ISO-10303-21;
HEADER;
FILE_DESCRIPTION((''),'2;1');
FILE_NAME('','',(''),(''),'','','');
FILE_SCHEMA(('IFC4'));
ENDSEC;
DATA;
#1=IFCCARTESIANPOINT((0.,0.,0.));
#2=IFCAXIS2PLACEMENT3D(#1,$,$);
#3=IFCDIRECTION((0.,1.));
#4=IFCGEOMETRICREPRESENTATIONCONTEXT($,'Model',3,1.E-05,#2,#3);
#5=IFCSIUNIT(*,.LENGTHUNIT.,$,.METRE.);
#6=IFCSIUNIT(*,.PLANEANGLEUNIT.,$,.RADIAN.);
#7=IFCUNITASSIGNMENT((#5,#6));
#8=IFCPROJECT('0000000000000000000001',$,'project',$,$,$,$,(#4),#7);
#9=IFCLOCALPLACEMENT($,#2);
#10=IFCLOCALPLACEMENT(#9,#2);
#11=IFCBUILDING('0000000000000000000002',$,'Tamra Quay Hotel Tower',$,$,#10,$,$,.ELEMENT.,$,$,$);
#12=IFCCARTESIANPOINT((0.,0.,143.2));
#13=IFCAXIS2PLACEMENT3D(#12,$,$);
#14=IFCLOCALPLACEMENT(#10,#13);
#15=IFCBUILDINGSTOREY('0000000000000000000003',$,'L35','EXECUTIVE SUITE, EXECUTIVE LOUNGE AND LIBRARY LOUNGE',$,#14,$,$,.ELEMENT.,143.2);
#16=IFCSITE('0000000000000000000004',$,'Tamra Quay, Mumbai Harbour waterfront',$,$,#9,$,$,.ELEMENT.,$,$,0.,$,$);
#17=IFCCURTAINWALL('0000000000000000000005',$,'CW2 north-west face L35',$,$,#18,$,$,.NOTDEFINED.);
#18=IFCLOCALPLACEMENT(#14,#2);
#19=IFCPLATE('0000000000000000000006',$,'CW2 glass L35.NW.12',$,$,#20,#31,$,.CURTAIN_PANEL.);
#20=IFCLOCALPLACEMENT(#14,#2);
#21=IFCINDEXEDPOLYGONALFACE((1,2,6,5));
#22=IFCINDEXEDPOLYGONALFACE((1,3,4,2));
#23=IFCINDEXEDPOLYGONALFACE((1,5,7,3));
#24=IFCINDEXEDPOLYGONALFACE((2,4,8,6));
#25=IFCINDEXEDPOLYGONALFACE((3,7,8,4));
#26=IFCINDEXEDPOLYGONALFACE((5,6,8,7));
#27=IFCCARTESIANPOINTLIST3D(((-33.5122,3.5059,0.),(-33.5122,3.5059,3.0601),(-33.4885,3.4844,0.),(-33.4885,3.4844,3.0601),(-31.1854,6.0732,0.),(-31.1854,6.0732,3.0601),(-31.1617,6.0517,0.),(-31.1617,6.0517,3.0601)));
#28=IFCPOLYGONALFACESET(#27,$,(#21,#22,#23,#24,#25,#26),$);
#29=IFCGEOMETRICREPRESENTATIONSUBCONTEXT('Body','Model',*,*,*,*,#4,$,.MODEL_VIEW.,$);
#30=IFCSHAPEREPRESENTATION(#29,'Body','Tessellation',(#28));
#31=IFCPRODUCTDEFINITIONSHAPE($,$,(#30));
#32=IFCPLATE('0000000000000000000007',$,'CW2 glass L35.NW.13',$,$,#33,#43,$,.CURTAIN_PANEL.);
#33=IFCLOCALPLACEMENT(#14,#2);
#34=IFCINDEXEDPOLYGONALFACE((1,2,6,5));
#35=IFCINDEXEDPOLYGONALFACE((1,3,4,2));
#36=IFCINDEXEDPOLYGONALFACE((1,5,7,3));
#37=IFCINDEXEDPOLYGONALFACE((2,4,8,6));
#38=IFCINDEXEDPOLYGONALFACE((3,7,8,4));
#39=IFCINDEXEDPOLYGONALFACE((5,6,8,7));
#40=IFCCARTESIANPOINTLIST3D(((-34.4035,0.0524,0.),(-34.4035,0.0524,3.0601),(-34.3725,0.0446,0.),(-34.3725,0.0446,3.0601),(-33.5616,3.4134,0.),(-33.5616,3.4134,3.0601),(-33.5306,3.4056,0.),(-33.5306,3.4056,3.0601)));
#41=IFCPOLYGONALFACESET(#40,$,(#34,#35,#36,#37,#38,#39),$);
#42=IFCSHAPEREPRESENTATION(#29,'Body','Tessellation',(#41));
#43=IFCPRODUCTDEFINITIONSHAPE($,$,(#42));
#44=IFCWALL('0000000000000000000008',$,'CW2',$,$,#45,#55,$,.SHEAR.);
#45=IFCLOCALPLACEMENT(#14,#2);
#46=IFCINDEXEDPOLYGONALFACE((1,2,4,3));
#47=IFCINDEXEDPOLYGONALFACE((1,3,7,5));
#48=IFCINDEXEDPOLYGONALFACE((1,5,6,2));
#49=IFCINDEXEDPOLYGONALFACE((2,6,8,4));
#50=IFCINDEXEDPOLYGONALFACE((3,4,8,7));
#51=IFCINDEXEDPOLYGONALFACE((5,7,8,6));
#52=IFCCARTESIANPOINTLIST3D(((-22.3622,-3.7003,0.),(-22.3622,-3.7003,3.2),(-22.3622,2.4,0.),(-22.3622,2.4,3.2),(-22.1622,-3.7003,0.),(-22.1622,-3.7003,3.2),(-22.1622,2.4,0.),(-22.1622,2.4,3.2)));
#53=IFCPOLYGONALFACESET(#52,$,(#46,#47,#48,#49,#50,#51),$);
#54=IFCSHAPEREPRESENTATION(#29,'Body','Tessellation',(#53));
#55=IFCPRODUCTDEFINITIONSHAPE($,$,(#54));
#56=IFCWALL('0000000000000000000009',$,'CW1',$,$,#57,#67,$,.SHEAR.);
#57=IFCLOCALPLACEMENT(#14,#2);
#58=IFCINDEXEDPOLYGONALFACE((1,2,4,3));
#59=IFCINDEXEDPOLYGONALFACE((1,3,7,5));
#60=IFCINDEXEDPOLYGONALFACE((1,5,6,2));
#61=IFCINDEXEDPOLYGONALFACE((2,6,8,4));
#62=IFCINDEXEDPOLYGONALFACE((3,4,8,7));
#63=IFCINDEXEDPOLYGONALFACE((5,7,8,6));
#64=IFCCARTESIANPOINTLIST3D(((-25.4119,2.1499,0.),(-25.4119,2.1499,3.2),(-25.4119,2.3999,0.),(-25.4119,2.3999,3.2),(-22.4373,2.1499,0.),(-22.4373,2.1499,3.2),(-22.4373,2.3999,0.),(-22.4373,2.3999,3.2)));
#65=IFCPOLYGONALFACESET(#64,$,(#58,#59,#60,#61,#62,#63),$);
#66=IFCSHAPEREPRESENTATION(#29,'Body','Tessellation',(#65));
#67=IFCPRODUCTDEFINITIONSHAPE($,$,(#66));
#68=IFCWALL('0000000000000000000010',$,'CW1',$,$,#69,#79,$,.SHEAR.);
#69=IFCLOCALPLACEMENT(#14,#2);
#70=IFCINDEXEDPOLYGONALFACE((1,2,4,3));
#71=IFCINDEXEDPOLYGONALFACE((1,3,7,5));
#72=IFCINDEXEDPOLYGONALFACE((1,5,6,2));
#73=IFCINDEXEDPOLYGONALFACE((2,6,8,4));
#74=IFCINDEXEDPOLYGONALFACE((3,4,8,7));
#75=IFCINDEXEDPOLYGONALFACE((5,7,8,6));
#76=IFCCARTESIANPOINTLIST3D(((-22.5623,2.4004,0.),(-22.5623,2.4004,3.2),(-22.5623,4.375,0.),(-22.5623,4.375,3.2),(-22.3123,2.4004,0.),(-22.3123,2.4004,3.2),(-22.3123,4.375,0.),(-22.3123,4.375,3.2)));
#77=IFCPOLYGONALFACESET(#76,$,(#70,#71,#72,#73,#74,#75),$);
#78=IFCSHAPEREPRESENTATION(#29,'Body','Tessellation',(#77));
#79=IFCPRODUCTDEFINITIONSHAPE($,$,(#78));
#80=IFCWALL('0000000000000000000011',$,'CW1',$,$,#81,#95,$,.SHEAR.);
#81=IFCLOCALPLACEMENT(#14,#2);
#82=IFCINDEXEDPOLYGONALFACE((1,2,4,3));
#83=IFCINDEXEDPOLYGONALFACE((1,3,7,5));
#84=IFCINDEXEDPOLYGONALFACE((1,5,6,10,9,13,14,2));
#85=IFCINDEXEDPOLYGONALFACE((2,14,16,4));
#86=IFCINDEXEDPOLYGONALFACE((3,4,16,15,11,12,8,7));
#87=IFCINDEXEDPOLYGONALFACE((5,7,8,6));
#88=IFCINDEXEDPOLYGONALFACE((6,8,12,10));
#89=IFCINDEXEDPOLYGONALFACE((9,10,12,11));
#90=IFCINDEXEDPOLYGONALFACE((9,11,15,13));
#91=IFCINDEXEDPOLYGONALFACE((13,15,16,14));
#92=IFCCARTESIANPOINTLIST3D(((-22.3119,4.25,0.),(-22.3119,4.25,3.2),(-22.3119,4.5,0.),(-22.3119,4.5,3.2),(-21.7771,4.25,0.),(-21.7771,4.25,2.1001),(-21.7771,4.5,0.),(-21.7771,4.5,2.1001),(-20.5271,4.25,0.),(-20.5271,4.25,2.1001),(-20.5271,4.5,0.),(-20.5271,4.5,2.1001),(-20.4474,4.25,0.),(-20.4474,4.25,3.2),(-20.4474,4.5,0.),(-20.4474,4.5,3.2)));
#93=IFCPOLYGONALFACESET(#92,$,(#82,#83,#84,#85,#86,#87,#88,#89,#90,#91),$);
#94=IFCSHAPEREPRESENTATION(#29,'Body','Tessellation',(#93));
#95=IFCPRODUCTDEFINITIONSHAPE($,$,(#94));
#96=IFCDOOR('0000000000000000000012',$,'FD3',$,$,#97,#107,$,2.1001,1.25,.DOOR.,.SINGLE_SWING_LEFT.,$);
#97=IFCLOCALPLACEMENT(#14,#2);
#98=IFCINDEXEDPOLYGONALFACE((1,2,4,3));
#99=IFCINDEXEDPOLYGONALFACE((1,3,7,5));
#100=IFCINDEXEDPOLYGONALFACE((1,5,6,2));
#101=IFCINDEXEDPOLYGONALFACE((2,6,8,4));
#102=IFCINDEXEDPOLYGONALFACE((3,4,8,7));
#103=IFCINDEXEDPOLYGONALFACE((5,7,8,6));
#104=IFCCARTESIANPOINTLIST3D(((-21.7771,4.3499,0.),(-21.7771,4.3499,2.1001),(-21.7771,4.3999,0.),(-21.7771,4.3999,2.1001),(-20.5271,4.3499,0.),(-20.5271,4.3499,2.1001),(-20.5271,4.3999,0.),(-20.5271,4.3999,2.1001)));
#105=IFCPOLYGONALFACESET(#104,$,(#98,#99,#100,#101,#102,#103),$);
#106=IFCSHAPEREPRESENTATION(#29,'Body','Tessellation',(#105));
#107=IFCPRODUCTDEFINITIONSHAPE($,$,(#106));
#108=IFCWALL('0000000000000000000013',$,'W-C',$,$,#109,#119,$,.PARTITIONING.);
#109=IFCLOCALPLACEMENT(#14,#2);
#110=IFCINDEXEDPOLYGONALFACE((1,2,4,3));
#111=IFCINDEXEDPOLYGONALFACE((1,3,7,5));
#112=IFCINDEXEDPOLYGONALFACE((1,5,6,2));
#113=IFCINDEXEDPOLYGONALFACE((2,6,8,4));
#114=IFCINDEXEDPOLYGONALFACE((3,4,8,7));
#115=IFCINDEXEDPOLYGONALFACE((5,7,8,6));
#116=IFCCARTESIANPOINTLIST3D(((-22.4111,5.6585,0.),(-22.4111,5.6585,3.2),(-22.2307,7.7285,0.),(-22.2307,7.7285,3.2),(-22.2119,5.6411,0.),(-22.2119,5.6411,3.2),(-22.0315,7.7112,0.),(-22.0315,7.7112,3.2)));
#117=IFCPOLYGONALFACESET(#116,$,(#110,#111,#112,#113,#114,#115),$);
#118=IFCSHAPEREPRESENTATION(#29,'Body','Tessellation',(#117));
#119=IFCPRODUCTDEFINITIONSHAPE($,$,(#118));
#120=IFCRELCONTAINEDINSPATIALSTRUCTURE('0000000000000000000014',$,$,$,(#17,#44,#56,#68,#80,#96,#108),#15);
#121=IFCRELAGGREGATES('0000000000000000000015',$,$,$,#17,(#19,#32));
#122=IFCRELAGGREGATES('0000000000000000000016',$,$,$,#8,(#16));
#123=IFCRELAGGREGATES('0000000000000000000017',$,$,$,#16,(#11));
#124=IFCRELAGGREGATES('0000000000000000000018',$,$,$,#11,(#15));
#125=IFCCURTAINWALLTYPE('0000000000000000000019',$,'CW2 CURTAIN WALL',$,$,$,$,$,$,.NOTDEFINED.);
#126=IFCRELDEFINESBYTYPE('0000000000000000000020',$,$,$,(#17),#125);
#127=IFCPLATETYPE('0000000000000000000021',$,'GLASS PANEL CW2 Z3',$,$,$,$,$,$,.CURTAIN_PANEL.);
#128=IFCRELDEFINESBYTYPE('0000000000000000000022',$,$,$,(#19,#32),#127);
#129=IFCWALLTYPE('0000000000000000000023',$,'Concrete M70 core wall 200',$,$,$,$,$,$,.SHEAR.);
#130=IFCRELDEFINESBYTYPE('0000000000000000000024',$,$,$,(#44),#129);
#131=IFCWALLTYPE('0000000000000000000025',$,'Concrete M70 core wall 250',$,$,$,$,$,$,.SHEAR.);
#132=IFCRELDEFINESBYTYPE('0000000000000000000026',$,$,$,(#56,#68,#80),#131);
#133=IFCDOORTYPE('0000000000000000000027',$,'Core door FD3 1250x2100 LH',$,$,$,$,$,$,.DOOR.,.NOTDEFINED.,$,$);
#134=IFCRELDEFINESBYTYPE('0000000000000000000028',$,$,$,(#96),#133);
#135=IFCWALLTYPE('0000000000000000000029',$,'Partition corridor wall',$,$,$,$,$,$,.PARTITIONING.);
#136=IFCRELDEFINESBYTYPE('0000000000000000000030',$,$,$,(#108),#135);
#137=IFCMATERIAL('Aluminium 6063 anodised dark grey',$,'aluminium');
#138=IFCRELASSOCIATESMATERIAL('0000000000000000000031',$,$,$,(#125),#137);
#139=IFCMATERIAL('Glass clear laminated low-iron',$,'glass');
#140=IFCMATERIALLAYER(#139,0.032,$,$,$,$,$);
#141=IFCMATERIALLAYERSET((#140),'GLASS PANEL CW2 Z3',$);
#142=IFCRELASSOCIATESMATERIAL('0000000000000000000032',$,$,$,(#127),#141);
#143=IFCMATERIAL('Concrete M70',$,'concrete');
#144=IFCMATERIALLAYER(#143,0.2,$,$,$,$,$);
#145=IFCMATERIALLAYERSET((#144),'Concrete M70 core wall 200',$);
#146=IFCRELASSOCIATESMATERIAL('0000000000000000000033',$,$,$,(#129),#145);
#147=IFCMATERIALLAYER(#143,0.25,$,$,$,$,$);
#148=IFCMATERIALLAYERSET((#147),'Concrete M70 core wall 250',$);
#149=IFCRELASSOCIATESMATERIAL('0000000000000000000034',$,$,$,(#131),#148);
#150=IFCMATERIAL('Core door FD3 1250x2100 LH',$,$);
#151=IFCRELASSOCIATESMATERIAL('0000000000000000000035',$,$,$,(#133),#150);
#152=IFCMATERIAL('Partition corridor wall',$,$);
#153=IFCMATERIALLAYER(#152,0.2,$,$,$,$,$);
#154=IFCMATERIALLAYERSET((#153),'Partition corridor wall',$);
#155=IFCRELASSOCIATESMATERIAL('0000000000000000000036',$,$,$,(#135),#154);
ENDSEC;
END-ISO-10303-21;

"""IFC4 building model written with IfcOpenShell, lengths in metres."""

from ifc_helpers import new_model, si_unit, direction, frame, frame_2d, origin, origin_2d, place, context, subcontext, project, spatial, rectangle, extrude, material, layer, layer_set, type_object, element, fill, aggregate, save


model = new_model("IFC4")

# Units and contexts
model_context = context("Model", 3, precision=1e-05, world=origin(), true_north=direction((0.0, 1.0)))
body_context = subcontext(model_context, "Body", "Model", "MODEL_VIEW")
ifc_project = project(units=[si_unit("LENGTHUNIT", "METRE"), si_unit("PLANEANGLEUNIT", "RADIAN")], contexts=[model_context])

# Site, building, storey
site_placement = place(None, origin())
site = spatial("IfcSite", under=ifc_project, at=site_placement, Name="Tamra Quay, Mumbai Harbour waterfront", CompositionType="ELEMENT", RefElevation=0.0)
building_placement = place(site_placement, origin())
building = spatial("IfcBuilding", under=site, at=building_placement, Name="Tamra Quay Hotel Tower", CompositionType="ELEMENT")
storey_placement = place(building_placement, frame((0.0, 0.0, 143.2)))
storey = spatial("IfcBuildingStorey", under=building, at=storey_placement, Name="L35", Description="EXECUTIVE SUITE, EXECUTIVE LOUNGE AND LIBRARY LOUNGE", CompositionType="ELEMENT", Elevation=143.2)

# Shared definitions
ifc_material_1 = material(Name="Concrete M70", Category="concrete")

# Curtain wall
ifc_material_2 = material(Name="Aluminium 6063 anodised dark grey", Category="aluminium")
curtain_wall_type = type_object("IfcCurtainWallType", Name="CW2 CURTAIN WALL", PredefinedType="NOTDEFINED", material=ifc_material_2)
curtain_wall_placement = place(storey_placement, origin())
curtain_wall = element("IfcCurtainWall", 1, at=curtain_wall_placement, inside=storey, type_object=curtain_wall_type, Name="CW2 north-west face L35", PredefinedType="NOTDEFINED")

# Plates
ifc_material_3 = material(Name="Glass clear laminated low-iron", Category="glass")
ifc_layer_1 = layer(ifc_material_3, 0.032)
ifc_layer_set_1 = layer_set([ifc_layer_1], Name="GLASS PANEL CW2 Z3")
plate_type = type_object("IfcPlateType", Name="GLASS PANEL CW2 Z3", PredefinedType="CURTAIN_PANEL", material=ifc_layer_set_1)
plate_1_placement = place(storey_placement, frame((-32.3369, 4.7788, 0.0), z_axis=(0.0, 0.0, 1.0), x_axis=(-0.67155, -0.740959, 0.0)))
plate_1 = element("IfcPlate", 2, at=plate_1_placement, type_object=plate_type, Name="CW2 glass L35.NW.12", PredefinedType="CURTAIN_PANEL", context=body_context, shape_type="SweptSolid", body=[
    extrude(rectangle(XDim=3.4648, YDim=0.032, at=origin_2d()), origin(), (0.0, 0.0, 1.0), 3.0601),
])
plate_2_placement = place(storey_placement, frame((-33.967, 1.729, 0.0), z_axis=(0.0, 0.0, 1.0), x_axis=(-0.242976, -0.970032, 0.0)))
plate_2 = element("IfcPlate", 3, at=plate_2_placement, type_object=plate_type, Name="CW2 glass L35.NW.13", PredefinedType="CURTAIN_PANEL", context=body_context, shape_type="SweptSolid", body=[
    extrude(rectangle(XDim=3.4648, YDim=0.032, at=origin_2d()), origin(), (0.0, 0.0, 1.0), 3.0601),
])
aggregate(curtain_wall, [plate_1, plate_2])

# Walls
ifc_layer_2 = layer(ifc_material_1, 0.2)
ifc_layer_set_2 = layer_set([ifc_layer_2], Name="Concrete M70 core wall 200")
wall_type_1 = type_object("IfcWallType", Name="Concrete M70 core wall 200", PredefinedType="SHEAR", material=ifc_layer_set_2)
wall_1_placement = place(storey_placement, frame((-22.2622, 2.4001, 0.0), z_axis=(0.0, 0.0, 1.0), x_axis=(0.0, -1.0, 0.0)))
element("IfcWall", 4, at=wall_1_placement, inside=storey, type_object=wall_type_1, Name="CW2", PredefinedType="SHEAR", context=body_context, shape_type="SweptSolid", body=[
    extrude(rectangle(XDim=6.1003, YDim=0.2, at=frame_2d((3.0503, 0.0))), origin(), (0.0, 0.0, 1.0), 3.2),
])
ifc_layer_3 = layer(ifc_material_1, 0.25)
ifc_layer_set_3 = layer_set([ifc_layer_3], Name="Concrete M70 core wall 250")
wall_type_2 = type_object("IfcWallType", Name="Concrete M70 core wall 250", PredefinedType="SHEAR", material=ifc_layer_set_3)
wall_2_placement = place(storey_placement, frame((-25.4119, 2.2749, 0.0), z_axis=(0.0, 0.0, 1.0), x_axis=(1.0, 0.0, 0.0)))
element("IfcWall", 5, at=wall_2_placement, inside=storey, type_object=wall_type_2, Name="CW1", PredefinedType="SHEAR", context=body_context, shape_type="SweptSolid", body=[
    extrude(rectangle(XDim=2.9746, YDim=0.25, at=frame_2d((1.4873, 0.0))), origin(), (0.0, 0.0, 1.0), 3.2),
])
wall_3_placement = place(storey_placement, frame((-22.4373, 2.4004, 0.0), z_axis=(0.0, 0.0, 1.0), x_axis=(0.0, 1.0, 0.0)))
element("IfcWall", 6, at=wall_3_placement, inside=storey, type_object=wall_type_2, Name="CW1", PredefinedType="SHEAR", context=body_context, shape_type="SweptSolid", body=[
    extrude(rectangle(XDim=1.9746, YDim=0.25, at=frame_2d((0.9873, 0.0))), origin(), (0.0, 0.0, 1.0), 3.2),
])

# Wall, opening, door
wall_4_placement = place(storey_placement, frame((-22.3118, 4.375, 0.0), z_axis=(0.0, 0.0, 1.0), x_axis=(1.0, 0.0, 0.0)))
wall_4 = element("IfcWall", 7, at=wall_4_placement, inside=storey, type_object=wall_type_2, Name="CW1", PredefinedType="SHEAR", context=body_context, shape_type="SweptSolid", body=[
    extrude(rectangle(XDim=1.8645, YDim=0.25, at=frame_2d((0.9321, 0.0))), origin(), (0.0, 0.0, 1.0), 3.2),
])
opening_placement = place(wall_4_placement, frame((0.5347, 0.0, 0.0)))
opening = element("IfcOpeningElement", 8, at=opening_placement, cuts=wall_4, PredefinedType="OPENING", context=body_context, shape_type="SweptSolid", body=[
    extrude(rectangle(XDim=1.25, YDim=2.1001, at=frame_2d((0.625, 1.05))), frame((0.0, 0.135, 0.0), z_axis=(0.0, -1.0, 0.0), x_axis=(1.0, 0.0, 0.0)), (0.0, 0.0, 1.0), 0.27),
])
ifc_material_4 = material(Name="Core door FD3 1250x2100 LH")
door_type = type_object("IfcDoorType", Name="Core door FD3 1250x2100 LH", OperationType="NOTDEFINED", PredefinedType="DOOR", material=ifc_material_4)
door_placement = place(opening_placement, origin())
door = element("IfcDoor", 9, at=door_placement, inside=storey, type_object=door_type, Name="FD3", OperationType="SINGLE_SWING_LEFT", OverallHeight=2.1001, OverallWidth=1.25, PredefinedType="DOOR", context=body_context, shape_type="SweptSolid", body=[
    extrude(rectangle(XDim=1.25, YDim=2.1001, at=frame_2d((0.625, 1.05))), frame((0.0, 0.0249, 0.0), z_axis=(0.0, -1.0, 0.0), x_axis=(1.0, 0.0, 0.0)), (0.0, 0.0, 1.0), 0.05),
])
fill(opening, door)

# Wall
ifc_material_5 = material(Name="Partition corridor wall")
ifc_layer_4 = layer(ifc_material_5, 0.2)
ifc_layer_set_4 = layer_set([ifc_layer_4], Name="Partition corridor wall")
wall_type_3 = type_object("IfcWallType", Name="Partition corridor wall", PredefinedType="PARTITIONING", material=ifc_layer_set_4)
wall_5_placement = place(storey_placement, frame((-22.1311, 7.72, 0.0), z_axis=(0.0, 0.0, 1.0), x_axis=(-0.086827, -0.996223, 0.0)))
element("IfcWall", 10, at=wall_5_placement, inside=storey, type_object=wall_type_3, Name="W-C", PredefinedType="PARTITIONING", context=body_context, shape_type="SweptSolid", body=[
    extrude(rectangle(XDim=2.0779, YDim=0.2, at=frame_2d((1.0391, 0.0))), origin(), (0.0, 0.0, 1.0), 3.2),
])

save(model, "model.ifc")
